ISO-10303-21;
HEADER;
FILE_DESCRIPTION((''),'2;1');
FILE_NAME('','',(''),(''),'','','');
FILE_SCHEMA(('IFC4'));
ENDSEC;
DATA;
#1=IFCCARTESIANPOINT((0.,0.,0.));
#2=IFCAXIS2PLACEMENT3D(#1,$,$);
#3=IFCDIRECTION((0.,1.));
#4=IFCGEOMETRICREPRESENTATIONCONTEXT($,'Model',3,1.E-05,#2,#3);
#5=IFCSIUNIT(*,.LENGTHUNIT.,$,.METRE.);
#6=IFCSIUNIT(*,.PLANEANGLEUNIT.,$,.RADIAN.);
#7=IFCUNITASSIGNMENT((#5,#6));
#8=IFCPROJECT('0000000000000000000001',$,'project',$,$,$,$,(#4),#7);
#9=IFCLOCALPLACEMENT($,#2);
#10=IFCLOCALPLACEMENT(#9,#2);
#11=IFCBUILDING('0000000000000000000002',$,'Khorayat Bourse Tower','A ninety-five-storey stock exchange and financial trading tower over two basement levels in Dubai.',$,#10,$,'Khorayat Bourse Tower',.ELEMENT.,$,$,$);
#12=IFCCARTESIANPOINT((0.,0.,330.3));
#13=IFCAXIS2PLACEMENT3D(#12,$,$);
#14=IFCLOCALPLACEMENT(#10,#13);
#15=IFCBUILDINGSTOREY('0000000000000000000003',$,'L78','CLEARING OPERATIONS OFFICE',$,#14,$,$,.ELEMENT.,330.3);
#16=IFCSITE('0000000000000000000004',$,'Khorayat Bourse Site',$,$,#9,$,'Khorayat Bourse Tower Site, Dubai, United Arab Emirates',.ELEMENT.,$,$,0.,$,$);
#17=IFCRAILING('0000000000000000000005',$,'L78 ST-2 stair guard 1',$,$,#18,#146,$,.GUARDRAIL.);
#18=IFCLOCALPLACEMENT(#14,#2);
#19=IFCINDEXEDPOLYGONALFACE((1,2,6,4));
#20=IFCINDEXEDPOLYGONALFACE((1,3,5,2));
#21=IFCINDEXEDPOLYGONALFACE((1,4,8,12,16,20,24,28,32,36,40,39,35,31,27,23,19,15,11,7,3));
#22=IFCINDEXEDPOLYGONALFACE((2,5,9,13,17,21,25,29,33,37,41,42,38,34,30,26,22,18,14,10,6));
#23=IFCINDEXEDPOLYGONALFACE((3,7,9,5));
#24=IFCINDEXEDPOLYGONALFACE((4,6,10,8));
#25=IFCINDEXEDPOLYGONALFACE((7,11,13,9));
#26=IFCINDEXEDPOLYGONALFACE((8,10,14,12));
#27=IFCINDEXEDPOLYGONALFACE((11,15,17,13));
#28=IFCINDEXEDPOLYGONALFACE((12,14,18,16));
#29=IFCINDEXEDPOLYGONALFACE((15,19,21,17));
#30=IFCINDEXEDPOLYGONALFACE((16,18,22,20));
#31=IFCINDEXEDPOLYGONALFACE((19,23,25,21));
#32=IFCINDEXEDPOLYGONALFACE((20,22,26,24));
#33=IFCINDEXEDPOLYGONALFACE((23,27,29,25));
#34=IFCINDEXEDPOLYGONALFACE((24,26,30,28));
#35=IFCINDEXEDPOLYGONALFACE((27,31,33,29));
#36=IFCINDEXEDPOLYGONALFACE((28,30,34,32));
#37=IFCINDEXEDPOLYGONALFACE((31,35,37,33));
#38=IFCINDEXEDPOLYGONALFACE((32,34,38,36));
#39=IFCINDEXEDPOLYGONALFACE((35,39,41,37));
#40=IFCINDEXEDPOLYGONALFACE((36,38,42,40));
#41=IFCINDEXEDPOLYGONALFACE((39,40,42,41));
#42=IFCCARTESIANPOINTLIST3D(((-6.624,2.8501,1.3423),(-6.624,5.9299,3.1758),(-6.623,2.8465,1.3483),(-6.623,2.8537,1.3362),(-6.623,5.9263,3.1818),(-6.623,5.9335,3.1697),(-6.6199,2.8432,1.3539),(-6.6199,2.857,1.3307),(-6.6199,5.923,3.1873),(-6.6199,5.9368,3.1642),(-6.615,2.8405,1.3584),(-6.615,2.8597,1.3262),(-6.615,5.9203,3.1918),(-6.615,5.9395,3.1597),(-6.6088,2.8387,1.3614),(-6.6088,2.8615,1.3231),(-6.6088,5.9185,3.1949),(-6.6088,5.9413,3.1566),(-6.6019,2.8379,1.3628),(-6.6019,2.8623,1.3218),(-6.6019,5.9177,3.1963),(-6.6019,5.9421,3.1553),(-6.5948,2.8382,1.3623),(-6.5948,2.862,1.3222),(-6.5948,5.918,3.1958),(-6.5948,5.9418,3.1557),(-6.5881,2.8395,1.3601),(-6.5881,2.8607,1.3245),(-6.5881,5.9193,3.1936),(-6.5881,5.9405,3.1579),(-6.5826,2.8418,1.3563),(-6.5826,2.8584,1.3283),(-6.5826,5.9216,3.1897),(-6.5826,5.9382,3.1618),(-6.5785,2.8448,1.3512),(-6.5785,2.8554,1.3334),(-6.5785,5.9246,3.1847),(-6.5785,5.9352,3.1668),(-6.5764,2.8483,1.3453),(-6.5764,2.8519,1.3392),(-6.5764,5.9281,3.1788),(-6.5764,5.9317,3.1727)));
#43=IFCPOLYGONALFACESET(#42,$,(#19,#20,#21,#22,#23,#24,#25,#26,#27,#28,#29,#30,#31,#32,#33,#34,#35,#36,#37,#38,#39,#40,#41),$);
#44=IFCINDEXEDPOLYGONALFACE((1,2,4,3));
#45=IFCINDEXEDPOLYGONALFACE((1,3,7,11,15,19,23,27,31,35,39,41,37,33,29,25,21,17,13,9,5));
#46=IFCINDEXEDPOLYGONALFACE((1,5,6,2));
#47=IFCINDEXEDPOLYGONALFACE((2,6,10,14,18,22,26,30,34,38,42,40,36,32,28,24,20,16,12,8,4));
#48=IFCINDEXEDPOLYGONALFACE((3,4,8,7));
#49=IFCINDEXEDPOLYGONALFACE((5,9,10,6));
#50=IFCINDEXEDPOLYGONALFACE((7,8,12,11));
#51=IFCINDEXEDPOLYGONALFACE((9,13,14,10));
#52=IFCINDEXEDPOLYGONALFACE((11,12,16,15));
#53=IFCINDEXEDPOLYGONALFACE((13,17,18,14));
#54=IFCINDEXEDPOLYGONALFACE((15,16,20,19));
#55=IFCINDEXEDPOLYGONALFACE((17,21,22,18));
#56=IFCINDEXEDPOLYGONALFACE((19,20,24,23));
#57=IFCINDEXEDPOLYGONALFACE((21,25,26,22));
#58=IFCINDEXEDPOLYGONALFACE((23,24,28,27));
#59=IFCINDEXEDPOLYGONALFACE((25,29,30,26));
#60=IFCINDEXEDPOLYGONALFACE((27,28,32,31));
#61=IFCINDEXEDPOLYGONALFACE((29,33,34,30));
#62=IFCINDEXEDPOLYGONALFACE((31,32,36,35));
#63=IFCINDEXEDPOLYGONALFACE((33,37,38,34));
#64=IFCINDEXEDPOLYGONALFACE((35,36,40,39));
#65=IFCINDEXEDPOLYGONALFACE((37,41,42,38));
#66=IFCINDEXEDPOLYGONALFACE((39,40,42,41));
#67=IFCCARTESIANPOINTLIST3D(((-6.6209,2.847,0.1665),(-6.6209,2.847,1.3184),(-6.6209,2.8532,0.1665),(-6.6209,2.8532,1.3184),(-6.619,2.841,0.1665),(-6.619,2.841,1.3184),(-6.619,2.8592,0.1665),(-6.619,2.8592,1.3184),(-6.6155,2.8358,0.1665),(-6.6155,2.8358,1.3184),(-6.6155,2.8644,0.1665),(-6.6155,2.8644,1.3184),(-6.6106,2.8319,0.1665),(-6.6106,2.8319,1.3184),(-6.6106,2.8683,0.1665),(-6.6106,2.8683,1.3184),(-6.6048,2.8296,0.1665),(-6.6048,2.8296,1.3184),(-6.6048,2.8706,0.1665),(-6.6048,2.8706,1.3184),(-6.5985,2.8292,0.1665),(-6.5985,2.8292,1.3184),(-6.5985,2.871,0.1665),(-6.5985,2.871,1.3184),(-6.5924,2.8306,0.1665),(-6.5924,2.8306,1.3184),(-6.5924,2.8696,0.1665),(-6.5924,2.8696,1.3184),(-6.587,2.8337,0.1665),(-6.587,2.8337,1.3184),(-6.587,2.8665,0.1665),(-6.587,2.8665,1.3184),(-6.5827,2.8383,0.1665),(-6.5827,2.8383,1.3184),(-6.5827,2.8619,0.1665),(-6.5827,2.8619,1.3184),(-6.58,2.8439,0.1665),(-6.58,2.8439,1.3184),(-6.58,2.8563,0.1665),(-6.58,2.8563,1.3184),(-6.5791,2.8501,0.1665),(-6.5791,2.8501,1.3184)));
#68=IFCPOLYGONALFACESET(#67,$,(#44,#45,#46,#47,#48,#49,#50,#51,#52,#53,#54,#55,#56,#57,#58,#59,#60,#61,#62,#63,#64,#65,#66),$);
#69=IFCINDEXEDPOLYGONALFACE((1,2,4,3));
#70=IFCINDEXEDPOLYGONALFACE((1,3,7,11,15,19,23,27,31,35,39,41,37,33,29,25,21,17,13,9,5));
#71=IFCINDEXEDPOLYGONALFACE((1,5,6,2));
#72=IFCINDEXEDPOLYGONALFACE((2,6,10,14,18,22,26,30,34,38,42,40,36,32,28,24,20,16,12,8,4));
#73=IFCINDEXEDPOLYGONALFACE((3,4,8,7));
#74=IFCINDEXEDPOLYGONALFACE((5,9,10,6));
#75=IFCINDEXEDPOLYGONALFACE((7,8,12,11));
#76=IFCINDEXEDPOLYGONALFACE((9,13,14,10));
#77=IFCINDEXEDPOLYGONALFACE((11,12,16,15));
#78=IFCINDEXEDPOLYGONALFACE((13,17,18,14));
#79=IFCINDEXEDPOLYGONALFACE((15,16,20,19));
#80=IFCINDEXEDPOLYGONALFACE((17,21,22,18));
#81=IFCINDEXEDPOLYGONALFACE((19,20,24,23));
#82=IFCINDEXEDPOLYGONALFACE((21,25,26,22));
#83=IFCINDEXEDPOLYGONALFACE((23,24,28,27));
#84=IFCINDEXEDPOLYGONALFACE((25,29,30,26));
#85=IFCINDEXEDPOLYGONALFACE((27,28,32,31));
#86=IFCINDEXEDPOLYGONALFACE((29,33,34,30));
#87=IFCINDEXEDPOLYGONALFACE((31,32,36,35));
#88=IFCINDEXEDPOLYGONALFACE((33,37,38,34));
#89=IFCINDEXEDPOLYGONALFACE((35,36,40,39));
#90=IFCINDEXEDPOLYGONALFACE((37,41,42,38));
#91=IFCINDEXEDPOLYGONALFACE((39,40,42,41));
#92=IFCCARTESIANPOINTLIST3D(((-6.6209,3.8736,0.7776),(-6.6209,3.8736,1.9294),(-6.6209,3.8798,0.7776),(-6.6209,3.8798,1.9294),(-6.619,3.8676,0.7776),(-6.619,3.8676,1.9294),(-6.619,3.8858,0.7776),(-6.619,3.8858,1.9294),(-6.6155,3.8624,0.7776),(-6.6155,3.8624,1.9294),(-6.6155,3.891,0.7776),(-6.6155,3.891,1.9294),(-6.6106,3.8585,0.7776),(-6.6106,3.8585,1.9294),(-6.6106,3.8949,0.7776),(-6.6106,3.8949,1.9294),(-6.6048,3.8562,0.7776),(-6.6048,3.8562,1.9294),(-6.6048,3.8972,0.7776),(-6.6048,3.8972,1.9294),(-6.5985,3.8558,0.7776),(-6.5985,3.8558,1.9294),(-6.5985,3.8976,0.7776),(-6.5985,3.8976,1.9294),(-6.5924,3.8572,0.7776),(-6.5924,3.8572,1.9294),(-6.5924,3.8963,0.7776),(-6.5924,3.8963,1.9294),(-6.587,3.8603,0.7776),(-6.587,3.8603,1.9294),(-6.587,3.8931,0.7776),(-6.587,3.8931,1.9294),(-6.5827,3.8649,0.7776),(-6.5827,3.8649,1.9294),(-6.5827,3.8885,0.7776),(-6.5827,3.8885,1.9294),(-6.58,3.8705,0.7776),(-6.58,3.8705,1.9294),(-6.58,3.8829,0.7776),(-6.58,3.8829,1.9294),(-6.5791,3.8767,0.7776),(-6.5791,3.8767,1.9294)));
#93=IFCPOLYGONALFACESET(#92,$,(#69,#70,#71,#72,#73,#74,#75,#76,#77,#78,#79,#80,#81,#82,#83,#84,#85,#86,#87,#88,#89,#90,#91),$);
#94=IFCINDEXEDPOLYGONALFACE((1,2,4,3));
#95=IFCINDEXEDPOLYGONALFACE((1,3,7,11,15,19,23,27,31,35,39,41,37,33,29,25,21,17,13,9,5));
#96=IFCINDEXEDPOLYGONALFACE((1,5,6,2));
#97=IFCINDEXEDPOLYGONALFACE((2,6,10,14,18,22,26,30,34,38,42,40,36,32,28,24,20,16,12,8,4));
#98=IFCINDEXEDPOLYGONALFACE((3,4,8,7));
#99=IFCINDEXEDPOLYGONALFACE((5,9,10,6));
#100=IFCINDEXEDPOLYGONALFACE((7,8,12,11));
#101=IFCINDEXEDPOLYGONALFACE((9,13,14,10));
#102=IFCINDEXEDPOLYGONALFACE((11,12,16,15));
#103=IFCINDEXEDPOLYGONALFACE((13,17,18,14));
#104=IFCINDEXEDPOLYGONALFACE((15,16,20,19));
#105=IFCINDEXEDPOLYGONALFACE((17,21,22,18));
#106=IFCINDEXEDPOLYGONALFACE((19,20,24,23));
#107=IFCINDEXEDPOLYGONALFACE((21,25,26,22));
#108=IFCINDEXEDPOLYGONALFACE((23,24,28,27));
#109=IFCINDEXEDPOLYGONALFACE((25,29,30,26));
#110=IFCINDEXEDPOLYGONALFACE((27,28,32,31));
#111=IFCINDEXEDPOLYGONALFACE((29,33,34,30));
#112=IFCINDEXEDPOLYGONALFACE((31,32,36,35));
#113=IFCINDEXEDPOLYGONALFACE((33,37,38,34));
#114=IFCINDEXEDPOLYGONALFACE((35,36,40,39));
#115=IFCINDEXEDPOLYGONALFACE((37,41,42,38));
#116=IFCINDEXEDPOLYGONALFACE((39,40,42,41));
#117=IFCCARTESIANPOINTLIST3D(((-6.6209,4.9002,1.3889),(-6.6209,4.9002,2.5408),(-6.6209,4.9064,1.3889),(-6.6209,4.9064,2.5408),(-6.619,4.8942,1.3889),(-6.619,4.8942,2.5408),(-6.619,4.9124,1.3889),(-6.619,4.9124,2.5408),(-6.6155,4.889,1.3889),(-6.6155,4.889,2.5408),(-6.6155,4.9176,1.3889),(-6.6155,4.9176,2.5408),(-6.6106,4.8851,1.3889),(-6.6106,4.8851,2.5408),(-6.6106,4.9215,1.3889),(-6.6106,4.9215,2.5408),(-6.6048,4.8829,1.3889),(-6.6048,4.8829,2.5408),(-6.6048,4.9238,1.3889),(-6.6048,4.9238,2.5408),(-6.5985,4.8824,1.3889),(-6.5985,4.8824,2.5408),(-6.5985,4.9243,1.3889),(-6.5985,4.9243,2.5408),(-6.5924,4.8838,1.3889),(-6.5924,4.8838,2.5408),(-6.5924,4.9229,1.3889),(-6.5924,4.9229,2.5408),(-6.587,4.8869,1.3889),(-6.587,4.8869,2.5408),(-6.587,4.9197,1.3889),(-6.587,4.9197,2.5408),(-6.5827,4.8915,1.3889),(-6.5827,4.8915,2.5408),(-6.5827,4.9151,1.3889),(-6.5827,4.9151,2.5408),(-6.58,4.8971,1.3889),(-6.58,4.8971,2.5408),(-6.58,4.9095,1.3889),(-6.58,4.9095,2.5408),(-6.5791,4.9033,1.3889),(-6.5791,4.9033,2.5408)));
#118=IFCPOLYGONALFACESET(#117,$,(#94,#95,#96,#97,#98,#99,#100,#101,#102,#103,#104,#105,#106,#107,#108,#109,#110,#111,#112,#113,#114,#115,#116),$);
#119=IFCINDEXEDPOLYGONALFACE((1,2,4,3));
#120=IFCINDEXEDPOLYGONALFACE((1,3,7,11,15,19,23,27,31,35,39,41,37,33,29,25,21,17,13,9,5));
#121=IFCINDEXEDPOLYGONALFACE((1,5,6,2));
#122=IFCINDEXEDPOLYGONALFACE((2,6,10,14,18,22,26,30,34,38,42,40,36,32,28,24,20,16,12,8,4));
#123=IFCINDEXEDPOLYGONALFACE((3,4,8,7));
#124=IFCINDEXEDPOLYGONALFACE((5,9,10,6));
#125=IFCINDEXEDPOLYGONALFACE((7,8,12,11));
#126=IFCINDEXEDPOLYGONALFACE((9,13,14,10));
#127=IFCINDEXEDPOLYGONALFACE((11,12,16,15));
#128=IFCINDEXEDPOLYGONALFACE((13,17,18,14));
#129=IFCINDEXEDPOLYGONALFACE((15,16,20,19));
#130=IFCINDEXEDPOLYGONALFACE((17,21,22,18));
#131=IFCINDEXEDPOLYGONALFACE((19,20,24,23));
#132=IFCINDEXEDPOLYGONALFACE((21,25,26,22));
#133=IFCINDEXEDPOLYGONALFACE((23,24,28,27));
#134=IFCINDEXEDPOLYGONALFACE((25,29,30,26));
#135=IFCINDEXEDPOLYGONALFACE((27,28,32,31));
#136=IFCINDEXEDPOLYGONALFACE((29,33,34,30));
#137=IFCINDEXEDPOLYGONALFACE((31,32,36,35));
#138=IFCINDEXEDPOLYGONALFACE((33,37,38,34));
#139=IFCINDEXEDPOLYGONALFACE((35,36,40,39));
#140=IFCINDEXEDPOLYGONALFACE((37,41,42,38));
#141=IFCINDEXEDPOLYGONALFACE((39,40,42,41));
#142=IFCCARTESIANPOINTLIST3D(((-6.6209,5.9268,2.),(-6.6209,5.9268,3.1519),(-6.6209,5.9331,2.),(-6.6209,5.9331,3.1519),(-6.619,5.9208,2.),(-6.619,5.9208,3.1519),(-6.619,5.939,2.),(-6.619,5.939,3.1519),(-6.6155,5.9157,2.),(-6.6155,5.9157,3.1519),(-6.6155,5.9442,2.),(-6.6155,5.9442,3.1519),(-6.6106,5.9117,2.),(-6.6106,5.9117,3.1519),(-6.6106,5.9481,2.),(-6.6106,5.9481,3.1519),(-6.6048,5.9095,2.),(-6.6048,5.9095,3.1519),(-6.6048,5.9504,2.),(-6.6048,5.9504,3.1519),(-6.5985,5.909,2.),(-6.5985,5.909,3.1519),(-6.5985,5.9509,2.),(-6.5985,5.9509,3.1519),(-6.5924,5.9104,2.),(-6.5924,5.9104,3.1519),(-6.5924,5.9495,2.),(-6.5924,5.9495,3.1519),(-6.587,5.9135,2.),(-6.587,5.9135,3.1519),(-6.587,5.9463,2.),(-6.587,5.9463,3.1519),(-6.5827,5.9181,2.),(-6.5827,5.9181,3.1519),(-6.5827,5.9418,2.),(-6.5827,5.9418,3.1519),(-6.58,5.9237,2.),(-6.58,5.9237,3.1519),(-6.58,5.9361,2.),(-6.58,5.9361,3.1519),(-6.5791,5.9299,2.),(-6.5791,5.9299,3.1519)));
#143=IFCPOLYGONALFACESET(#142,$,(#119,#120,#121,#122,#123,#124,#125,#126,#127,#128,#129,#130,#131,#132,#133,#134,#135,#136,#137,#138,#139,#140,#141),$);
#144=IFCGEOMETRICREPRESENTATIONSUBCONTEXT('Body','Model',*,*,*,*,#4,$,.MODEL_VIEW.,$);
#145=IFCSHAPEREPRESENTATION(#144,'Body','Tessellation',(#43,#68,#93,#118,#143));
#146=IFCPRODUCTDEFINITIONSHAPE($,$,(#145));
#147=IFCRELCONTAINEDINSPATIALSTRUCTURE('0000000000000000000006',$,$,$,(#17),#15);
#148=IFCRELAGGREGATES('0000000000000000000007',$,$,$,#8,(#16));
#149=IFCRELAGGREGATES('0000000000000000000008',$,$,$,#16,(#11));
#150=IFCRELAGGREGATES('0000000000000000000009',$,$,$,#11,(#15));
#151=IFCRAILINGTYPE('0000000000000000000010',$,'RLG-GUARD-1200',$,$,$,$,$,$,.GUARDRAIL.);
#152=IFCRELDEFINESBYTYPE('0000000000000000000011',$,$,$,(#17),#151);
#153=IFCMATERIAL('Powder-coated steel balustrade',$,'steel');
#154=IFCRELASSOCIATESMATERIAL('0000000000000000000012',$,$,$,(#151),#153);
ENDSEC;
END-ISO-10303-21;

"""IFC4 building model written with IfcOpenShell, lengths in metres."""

from ifc_helpers import new_model, si_unit, direction, frame, origin, origin_2d, place, context, subcontext, project, spatial, circle, extrude, source, transform, mapped, material, type_object, element, save


model = new_model("IFC4")

# Units and contexts
model_context = context("Model", 3, precision=1e-05, world=origin(), true_north=direction((0.0, 1.0)))
body_context = subcontext(model_context, "Body", "Model", "MODEL_VIEW")
ifc_project = project(units=[si_unit("LENGTHUNIT", "METRE"), si_unit("PLANEANGLEUNIT", "RADIAN")], contexts=[model_context])

# Site, building, storey
site_placement = place(None, origin())
site = spatial("IfcSite", under=ifc_project, at=site_placement, Name="Khorayat Bourse Site", LongName="Khorayat Bourse Tower Site, Dubai, United Arab Emirates", CompositionType="ELEMENT", RefElevation=0.0)
building_placement = place(site_placement, origin())
building = spatial("IfcBuilding", under=site, at=building_placement, Name="Khorayat Bourse Tower", Description="A ninety-five-storey stock exchange and financial trading tower over two basement levels in Dubai.", LongName="Khorayat Bourse Tower", CompositionType="ELEMENT")
storey_placement = place(building_placement, frame((0.0, 0.0, 330.3)))
storey = spatial("IfcBuildingStorey", under=building, at=storey_placement, Name="L78", Description="CLEARING OPERATIONS OFFICE", CompositionType="ELEMENT", Elevation=330.3)

# Railing
ifc_material_1 = material(Name="Powder-coated steel balustrade", Category="steel")
railing_type_1 = type_object("IfcRailingType", Name="RLG-GUARD-1200", PredefinedType="GUARDRAIL", material=ifc_material_1)
shared_shape_1 = source(origin(), body_context, "Body", "SweptSolid", [
    extrude(circle(Radius=0.0239, at=origin_2d()), frame((0.0, 0.0, 1.1758), z_axis=(0.0, 0.859261, 0.511538), x_axis=(-1.0, 0.0, 0.0)), (0.0, 0.0, 1.0), 3.5842),
    extrude(circle(Radius=0.021, at=origin_2d()), origin(), (0.0, 0.0, 1.0), 1.1519),
    extrude(circle(Radius=0.021, at=origin_2d()), frame((0.0, 1.0266, 0.6111)), (0.0, 0.0, 1.0), 1.1519),
    extrude(circle(Radius=0.021, at=origin_2d()), frame((0.0, 2.0532, 1.2224)), (0.0, 0.0, 1.0), 1.1519),
    extrude(circle(Radius=0.021, at=origin_2d()), frame((0.0, 3.0798, 1.8335)), (0.0, 0.0, 1.0), 1.1519),
])
railing_1_placement = place(storey_placement, frame((-6.6001, 2.8501, 0.1665)))
element("IfcRailing", 1, at=railing_1_placement, inside=storey, type_object=railing_type_1, Name="L78 ST-2 stair guard 1", PredefinedType="GUARDRAIL", context=body_context, shape_type="MappedRepresentation", body=[
    mapped(shared_shape_1, transform((0.0, 0.0, 0.0), scale=1.0)),
])

save(model, "model.ifc")
